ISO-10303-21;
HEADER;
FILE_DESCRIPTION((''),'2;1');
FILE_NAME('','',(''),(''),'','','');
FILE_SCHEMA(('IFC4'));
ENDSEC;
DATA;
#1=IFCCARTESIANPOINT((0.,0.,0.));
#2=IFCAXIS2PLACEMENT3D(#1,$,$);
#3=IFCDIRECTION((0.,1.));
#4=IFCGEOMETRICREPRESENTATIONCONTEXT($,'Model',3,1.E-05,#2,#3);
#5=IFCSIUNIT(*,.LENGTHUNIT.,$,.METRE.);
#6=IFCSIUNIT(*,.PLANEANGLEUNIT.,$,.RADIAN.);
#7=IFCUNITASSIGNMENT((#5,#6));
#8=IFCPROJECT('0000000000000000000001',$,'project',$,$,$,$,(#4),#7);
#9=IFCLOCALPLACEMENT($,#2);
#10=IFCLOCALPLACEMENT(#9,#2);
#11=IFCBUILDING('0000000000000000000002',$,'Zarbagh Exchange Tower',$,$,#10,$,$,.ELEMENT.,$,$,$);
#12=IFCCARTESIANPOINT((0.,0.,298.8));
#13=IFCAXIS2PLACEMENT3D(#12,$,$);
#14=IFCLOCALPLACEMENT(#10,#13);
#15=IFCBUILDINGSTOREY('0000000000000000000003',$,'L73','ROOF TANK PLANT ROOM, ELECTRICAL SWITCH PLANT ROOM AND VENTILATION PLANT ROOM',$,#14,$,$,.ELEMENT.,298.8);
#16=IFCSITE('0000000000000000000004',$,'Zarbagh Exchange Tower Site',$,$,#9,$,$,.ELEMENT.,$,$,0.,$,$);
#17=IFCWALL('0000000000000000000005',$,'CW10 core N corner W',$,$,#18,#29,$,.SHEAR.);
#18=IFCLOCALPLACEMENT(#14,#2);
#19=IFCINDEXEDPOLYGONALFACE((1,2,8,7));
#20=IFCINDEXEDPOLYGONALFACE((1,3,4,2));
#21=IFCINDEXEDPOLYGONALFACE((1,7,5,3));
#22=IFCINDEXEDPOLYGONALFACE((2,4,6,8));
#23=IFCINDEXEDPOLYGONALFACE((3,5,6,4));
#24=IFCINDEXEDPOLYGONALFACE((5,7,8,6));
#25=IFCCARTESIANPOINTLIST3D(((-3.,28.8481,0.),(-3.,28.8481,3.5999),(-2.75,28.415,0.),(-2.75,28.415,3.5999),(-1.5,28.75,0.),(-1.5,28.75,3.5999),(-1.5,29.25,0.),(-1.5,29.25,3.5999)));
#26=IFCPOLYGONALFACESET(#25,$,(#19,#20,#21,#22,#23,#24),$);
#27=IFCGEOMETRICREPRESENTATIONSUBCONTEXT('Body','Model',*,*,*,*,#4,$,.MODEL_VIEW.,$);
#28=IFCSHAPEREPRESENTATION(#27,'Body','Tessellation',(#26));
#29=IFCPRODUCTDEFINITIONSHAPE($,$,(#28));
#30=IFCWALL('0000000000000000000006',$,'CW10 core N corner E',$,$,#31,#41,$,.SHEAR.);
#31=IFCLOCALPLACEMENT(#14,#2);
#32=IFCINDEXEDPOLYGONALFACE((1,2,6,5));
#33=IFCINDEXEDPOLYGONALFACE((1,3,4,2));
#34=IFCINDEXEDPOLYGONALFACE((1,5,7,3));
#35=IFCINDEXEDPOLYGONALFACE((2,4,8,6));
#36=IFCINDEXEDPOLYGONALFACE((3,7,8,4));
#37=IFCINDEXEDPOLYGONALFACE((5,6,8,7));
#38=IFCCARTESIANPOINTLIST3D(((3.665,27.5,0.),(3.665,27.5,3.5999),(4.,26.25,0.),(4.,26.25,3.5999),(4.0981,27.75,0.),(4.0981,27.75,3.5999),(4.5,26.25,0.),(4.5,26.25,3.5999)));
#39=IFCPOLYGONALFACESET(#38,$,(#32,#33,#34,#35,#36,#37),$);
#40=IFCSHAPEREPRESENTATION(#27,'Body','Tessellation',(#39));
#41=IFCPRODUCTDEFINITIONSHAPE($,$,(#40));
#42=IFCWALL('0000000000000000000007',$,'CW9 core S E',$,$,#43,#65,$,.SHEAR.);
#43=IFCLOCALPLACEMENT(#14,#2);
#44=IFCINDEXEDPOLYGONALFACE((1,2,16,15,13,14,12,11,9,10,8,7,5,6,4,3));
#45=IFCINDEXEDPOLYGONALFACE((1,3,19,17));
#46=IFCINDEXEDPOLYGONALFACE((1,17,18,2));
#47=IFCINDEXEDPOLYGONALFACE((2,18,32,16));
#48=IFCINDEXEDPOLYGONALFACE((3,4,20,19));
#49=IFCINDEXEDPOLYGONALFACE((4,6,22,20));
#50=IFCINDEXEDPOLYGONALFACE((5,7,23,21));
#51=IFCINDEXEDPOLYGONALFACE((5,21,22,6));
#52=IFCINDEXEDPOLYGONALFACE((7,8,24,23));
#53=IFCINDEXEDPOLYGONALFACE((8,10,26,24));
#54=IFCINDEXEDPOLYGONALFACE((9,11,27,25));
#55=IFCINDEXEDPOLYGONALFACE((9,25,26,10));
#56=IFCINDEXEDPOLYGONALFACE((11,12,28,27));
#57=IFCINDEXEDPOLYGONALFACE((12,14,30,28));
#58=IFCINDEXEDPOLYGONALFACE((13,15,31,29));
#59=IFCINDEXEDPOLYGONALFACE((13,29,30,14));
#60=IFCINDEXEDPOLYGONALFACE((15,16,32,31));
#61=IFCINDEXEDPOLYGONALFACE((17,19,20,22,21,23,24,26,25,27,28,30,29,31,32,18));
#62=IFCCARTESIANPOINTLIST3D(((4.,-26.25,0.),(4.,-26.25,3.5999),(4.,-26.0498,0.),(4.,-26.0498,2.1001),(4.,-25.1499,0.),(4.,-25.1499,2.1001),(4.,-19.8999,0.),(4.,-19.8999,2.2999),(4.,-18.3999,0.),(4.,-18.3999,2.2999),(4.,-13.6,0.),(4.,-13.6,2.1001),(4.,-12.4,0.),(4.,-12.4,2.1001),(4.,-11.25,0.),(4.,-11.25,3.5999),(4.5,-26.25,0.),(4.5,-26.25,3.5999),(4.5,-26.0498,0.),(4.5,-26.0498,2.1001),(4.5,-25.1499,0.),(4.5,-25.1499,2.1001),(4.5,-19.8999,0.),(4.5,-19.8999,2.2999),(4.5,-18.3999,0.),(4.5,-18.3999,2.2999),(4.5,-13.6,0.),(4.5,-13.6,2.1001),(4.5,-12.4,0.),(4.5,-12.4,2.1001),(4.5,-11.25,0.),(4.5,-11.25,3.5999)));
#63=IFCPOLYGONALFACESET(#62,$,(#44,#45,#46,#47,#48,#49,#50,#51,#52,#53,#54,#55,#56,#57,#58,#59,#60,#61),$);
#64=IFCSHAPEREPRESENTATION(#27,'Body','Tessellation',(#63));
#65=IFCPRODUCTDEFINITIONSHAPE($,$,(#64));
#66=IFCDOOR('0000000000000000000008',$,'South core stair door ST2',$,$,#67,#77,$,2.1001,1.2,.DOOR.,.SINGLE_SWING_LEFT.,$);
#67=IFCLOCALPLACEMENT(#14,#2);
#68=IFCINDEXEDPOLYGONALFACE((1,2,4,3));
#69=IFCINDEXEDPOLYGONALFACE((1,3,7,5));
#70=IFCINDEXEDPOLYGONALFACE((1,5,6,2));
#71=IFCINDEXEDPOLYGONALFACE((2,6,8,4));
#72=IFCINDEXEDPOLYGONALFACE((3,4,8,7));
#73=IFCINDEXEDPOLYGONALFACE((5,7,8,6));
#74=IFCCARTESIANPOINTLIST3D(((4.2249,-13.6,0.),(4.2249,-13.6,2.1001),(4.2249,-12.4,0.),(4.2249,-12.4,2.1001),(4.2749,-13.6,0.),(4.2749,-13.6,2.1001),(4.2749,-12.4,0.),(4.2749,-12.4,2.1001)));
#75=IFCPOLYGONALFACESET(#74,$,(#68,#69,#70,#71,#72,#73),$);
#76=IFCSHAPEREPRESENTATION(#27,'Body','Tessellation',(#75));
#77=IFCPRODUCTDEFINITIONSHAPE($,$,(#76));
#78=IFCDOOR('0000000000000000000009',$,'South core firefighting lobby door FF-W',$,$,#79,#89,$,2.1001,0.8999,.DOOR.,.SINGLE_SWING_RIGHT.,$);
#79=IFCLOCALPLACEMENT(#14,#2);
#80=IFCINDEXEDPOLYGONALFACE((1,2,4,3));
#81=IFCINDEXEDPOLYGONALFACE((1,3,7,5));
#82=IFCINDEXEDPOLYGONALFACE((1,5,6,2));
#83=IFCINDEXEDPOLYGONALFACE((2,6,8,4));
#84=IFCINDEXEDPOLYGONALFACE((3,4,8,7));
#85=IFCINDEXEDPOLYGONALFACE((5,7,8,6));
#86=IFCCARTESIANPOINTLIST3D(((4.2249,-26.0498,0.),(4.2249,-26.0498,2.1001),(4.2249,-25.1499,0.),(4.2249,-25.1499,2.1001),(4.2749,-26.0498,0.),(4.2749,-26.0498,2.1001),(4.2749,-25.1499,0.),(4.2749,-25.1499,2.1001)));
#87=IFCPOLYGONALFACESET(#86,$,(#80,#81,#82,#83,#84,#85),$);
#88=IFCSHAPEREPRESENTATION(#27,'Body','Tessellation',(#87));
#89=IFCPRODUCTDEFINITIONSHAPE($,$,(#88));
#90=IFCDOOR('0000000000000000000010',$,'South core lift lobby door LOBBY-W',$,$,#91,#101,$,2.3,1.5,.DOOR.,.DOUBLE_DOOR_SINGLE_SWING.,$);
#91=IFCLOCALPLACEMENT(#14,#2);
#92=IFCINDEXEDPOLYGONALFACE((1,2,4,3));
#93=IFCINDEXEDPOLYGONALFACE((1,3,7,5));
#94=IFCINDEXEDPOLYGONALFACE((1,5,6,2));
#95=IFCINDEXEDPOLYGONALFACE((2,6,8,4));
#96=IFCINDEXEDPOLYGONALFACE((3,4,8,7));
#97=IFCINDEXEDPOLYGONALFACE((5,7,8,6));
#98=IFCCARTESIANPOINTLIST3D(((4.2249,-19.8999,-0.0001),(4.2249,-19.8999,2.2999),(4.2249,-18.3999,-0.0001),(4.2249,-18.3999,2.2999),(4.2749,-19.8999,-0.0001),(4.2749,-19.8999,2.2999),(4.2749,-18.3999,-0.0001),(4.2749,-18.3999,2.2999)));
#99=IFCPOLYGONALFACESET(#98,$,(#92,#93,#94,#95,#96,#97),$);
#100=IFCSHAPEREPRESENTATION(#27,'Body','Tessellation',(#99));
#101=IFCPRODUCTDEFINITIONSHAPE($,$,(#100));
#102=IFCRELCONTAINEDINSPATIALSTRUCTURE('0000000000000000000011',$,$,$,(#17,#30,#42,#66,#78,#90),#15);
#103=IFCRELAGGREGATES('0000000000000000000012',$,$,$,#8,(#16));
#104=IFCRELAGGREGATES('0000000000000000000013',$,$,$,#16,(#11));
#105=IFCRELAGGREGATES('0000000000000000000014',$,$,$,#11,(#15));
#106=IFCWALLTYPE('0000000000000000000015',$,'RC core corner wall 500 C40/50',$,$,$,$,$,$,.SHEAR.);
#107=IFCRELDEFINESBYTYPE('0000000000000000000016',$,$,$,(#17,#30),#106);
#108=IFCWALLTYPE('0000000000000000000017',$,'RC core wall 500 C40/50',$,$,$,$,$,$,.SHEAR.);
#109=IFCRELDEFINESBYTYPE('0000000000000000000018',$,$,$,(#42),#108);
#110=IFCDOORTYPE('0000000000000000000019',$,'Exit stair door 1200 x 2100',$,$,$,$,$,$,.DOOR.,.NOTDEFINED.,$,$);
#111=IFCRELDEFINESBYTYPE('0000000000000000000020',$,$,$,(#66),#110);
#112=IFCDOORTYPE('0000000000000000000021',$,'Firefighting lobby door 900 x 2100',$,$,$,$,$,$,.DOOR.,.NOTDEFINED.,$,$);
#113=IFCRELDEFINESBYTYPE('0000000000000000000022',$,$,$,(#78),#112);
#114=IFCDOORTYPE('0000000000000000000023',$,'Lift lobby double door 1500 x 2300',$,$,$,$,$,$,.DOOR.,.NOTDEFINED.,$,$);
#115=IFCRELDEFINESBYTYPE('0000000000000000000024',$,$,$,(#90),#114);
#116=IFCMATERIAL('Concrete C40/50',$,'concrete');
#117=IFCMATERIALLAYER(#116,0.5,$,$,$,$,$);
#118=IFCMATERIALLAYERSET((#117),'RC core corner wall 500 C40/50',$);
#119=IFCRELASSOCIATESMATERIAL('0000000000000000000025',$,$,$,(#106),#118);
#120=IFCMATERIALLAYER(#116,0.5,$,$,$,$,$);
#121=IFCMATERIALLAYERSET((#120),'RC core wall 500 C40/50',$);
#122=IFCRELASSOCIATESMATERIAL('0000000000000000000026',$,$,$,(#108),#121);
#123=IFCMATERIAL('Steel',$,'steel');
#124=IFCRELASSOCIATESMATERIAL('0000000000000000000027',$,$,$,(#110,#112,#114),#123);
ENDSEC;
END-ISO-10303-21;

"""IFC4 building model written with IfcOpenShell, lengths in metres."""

from ifc_helpers import new_model, si_unit, direction, frame, frame_2d, origin, place, context, subcontext, project, spatial, polyline, rectangle, outline, extrude, material, layer, layer_set, type_object, element, fill, save


model = new_model("IFC4")

# Units and contexts
model_context = context("Model", 3, precision=1e-05, world=origin(), true_north=direction((0.0, 1.0)))
body_context = subcontext(model_context, "Body", "Model", "MODEL_VIEW")
ifc_project = project(units=[si_unit("LENGTHUNIT", "METRE"), si_unit("PLANEANGLEUNIT", "RADIAN")], contexts=[model_context])

# Site, building, storey
site_placement = place(None, origin())
site = spatial("IfcSite", under=ifc_project, at=site_placement, Name="Zarbagh Exchange Tower Site", CompositionType="ELEMENT", RefElevation=0.0)
building_placement = place(site_placement, origin())
building = spatial("IfcBuilding", under=site, at=building_placement, Name="Zarbagh Exchange Tower", CompositionType="ELEMENT")
storey_placement = place(building_placement, frame((0.0, 0.0, 298.8)))
storey = spatial("IfcBuildingStorey", under=building, at=storey_placement, Name="L73", Description="ROOF TANK PLANT ROOM, ELECTRICAL SWITCH PLANT ROOM AND VENTILATION PLANT ROOM", CompositionType="ELEMENT", Elevation=298.8)

# Shared definitions
ifc_material_1 = material(Name="Concrete C40/50", Category="concrete")

# Walls
ifc_layer_1 = layer(ifc_material_1, 0.5)
ifc_layer_set_1 = layer_set([ifc_layer_1], Name="RC core corner wall 500 C40/50")
wall_type_1 = type_object("IfcWallType", Name="RC core corner wall 500 C40/50", PredefinedType="SHEAR", material=ifc_layer_set_1)
wall_1_placement = place(storey_placement, origin())
element("IfcWall", 1, at=wall_1_placement, inside=storey, type_object=wall_type_1, Name="CW10 core N corner W", PredefinedType="SHEAR", context=body_context, shape_type="SweptSolid", body=[
    extrude(outline(polyline([(-3.0, 28.8481), (-1.5, 29.25), (-1.5, 28.75), (-2.75, 28.415), (-3.0, 28.8481)])), origin(), (0.0, 0.0, 1.0), 3.5999),
])
wall_2_placement = place(storey_placement, origin())
element("IfcWall", 2, at=wall_2_placement, inside=storey, type_object=wall_type_1, Name="CW10 core N corner E", PredefinedType="SHEAR", context=body_context, shape_type="SweptSolid", body=[
    extrude(outline(polyline([(4.5, 26.25), (4.0981, 27.75), (3.665, 27.5), (4.0, 26.25), (4.5, 26.25)])), origin(), (0.0, 0.0, 1.0), 3.5999),
])

# Wall, openings, doors
ifc_layer_2 = layer(ifc_material_1, 0.5)
ifc_layer_set_2 = layer_set([ifc_layer_2], Name="RC core wall 500 C40/50")
wall_type_2 = type_object("IfcWallType", Name="RC core wall 500 C40/50", PredefinedType="SHEAR", material=ifc_layer_set_2)
wall_3_placement = place(storey_placement, frame((4.25, -11.25, 0.0), z_axis=(0.0, 0.0, 1.0), x_axis=(0.0, -1.0, 0.0)))
wall_3 = element("IfcWall", 3, at=wall_3_placement, inside=storey, type_object=wall_type_2, Name="CW9 core S E", PredefinedType="SHEAR", context=body_context, shape_type="SweptSolid", body=[
    extrude(rectangle(XDim=15.0, YDim=0.5, at=frame_2d((7.5, 0.0))), origin(), (0.0, 0.0, 1.0), 3.5999),
])
opening_1_placement = place(wall_3_placement, frame((7.1499, 0.0, 0.0)))
opening_1 = element("IfcOpeningElement", 4, at=opening_1_placement, cuts=wall_3, PredefinedType="OPENING", context=body_context, shape_type="SweptSolid", body=[
    extrude(rectangle(XDim=1.5, YDim=2.3, at=frame_2d((0.75, 1.1499))), frame((0.0, 0.26, 0.0), z_axis=(0.0, -1.0, 0.0), x_axis=(1.0, 0.0, 0.0)), (0.0, 0.0, 1.0), 0.52),
])
opening_2_placement = place(wall_3_placement, frame((13.8999, 0.0, 0.0)))
opening_2 = element("IfcOpeningElement", 5, at=opening_2_placement, cuts=wall_3, PredefinedType="OPENING", context=body_context, shape_type="SweptSolid", body=[
    extrude(rectangle(XDim=0.8999, YDim=2.1001, at=frame_2d((0.45, 1.05))), frame((0.0, 0.26, 0.0), z_axis=(0.0, -1.0, 0.0), x_axis=(1.0, 0.0, 0.0)), (0.0, 0.0, 1.0), 0.52),
])
opening_3_placement = place(wall_3_placement, frame((1.1499, 0.0, 0.0)))
opening_3 = element("IfcOpeningElement", 6, at=opening_3_placement, cuts=wall_3, PredefinedType="OPENING", context=body_context, shape_type="SweptSolid", body=[
    extrude(rectangle(XDim=1.2, YDim=2.1001, at=frame_2d((0.6001, 1.05))), frame((0.0, 0.26, 0.0), z_axis=(0.0, -1.0, 0.0), x_axis=(1.0, 0.0, 0.0)), (0.0, 0.0, 1.0), 0.52),
])
ifc_material_2 = material(Name="Steel", Category="steel")
door_type_1 = type_object("IfcDoorType", Name="Exit stair door 1200 x 2100", OperationType="NOTDEFINED", PredefinedType="DOOR", material=ifc_material_2)
door_1_placement = place(opening_3_placement, origin())
door_1 = element("IfcDoor", 7, at=door_1_placement, inside=storey, type_object=door_type_1, Name="South core stair door ST2", OperationType="SINGLE_SWING_LEFT", OverallHeight=2.1001, OverallWidth=1.2, PredefinedType="DOOR", context=body_context, shape_type="SweptSolid", body=[
    extrude(rectangle(XDim=1.2, YDim=2.1001, at=frame_2d((0.6001, 1.05))), frame((0.0, 0.0249, 0.0), z_axis=(0.0, -1.0, 0.0), x_axis=(1.0, 0.0, 0.0)), (0.0, 0.0, 1.0), 0.05),
])
fill(opening_3, door_1)
door_type_2 = type_object("IfcDoorType", Name="Firefighting lobby door 900 x 2100", OperationType="NOTDEFINED", PredefinedType="DOOR", material=ifc_material_2)
door_2_placement = place(opening_2_placement, origin())
door_2 = element("IfcDoor", 8, at=door_2_placement, inside=storey, type_object=door_type_2, Name="South core firefighting lobby door FF-W", OperationType="SINGLE_SWING_RIGHT", OverallHeight=2.1001, OverallWidth=0.8999, PredefinedType="DOOR", context=body_context, shape_type="SweptSolid", body=[
    extrude(rectangle(XDim=0.8999, YDim=2.1001, at=frame_2d((0.45, 1.05))), frame((0.0, 0.0249, 0.0), z_axis=(0.0, -1.0, 0.0), x_axis=(1.0, 0.0, 0.0)), (0.0, 0.0, 1.0), 0.05),
])
fill(opening_2, door_2)
door_type_3 = type_object("IfcDoorType", Name="Lift lobby double door 1500 x 2300", OperationType="NOTDEFINED", PredefinedType="DOOR", material=ifc_material_2)
door_3_placement = place(opening_1_placement, origin())
door_3 = element("IfcDoor", 9, at=door_3_placement, inside=storey, type_object=door_type_3, Name="South core lift lobby door LOBBY-W", OperationType="DOUBLE_DOOR_SINGLE_SWING", OverallHeight=2.3, OverallWidth=1.5, PredefinedType="DOOR", context=body_context, shape_type="SweptSolid", body=[
    extrude(rectangle(XDim=1.5, YDim=2.3, at=frame_2d((0.75, 1.1499))), frame((0.0, 0.0249, 0.0), z_axis=(0.0, -1.0, 0.0), x_axis=(1.0, 0.0, 0.0)), (0.0, 0.0, 1.0), 0.05),
])
fill(opening_1, door_3)

save(model, "model.ifc")
